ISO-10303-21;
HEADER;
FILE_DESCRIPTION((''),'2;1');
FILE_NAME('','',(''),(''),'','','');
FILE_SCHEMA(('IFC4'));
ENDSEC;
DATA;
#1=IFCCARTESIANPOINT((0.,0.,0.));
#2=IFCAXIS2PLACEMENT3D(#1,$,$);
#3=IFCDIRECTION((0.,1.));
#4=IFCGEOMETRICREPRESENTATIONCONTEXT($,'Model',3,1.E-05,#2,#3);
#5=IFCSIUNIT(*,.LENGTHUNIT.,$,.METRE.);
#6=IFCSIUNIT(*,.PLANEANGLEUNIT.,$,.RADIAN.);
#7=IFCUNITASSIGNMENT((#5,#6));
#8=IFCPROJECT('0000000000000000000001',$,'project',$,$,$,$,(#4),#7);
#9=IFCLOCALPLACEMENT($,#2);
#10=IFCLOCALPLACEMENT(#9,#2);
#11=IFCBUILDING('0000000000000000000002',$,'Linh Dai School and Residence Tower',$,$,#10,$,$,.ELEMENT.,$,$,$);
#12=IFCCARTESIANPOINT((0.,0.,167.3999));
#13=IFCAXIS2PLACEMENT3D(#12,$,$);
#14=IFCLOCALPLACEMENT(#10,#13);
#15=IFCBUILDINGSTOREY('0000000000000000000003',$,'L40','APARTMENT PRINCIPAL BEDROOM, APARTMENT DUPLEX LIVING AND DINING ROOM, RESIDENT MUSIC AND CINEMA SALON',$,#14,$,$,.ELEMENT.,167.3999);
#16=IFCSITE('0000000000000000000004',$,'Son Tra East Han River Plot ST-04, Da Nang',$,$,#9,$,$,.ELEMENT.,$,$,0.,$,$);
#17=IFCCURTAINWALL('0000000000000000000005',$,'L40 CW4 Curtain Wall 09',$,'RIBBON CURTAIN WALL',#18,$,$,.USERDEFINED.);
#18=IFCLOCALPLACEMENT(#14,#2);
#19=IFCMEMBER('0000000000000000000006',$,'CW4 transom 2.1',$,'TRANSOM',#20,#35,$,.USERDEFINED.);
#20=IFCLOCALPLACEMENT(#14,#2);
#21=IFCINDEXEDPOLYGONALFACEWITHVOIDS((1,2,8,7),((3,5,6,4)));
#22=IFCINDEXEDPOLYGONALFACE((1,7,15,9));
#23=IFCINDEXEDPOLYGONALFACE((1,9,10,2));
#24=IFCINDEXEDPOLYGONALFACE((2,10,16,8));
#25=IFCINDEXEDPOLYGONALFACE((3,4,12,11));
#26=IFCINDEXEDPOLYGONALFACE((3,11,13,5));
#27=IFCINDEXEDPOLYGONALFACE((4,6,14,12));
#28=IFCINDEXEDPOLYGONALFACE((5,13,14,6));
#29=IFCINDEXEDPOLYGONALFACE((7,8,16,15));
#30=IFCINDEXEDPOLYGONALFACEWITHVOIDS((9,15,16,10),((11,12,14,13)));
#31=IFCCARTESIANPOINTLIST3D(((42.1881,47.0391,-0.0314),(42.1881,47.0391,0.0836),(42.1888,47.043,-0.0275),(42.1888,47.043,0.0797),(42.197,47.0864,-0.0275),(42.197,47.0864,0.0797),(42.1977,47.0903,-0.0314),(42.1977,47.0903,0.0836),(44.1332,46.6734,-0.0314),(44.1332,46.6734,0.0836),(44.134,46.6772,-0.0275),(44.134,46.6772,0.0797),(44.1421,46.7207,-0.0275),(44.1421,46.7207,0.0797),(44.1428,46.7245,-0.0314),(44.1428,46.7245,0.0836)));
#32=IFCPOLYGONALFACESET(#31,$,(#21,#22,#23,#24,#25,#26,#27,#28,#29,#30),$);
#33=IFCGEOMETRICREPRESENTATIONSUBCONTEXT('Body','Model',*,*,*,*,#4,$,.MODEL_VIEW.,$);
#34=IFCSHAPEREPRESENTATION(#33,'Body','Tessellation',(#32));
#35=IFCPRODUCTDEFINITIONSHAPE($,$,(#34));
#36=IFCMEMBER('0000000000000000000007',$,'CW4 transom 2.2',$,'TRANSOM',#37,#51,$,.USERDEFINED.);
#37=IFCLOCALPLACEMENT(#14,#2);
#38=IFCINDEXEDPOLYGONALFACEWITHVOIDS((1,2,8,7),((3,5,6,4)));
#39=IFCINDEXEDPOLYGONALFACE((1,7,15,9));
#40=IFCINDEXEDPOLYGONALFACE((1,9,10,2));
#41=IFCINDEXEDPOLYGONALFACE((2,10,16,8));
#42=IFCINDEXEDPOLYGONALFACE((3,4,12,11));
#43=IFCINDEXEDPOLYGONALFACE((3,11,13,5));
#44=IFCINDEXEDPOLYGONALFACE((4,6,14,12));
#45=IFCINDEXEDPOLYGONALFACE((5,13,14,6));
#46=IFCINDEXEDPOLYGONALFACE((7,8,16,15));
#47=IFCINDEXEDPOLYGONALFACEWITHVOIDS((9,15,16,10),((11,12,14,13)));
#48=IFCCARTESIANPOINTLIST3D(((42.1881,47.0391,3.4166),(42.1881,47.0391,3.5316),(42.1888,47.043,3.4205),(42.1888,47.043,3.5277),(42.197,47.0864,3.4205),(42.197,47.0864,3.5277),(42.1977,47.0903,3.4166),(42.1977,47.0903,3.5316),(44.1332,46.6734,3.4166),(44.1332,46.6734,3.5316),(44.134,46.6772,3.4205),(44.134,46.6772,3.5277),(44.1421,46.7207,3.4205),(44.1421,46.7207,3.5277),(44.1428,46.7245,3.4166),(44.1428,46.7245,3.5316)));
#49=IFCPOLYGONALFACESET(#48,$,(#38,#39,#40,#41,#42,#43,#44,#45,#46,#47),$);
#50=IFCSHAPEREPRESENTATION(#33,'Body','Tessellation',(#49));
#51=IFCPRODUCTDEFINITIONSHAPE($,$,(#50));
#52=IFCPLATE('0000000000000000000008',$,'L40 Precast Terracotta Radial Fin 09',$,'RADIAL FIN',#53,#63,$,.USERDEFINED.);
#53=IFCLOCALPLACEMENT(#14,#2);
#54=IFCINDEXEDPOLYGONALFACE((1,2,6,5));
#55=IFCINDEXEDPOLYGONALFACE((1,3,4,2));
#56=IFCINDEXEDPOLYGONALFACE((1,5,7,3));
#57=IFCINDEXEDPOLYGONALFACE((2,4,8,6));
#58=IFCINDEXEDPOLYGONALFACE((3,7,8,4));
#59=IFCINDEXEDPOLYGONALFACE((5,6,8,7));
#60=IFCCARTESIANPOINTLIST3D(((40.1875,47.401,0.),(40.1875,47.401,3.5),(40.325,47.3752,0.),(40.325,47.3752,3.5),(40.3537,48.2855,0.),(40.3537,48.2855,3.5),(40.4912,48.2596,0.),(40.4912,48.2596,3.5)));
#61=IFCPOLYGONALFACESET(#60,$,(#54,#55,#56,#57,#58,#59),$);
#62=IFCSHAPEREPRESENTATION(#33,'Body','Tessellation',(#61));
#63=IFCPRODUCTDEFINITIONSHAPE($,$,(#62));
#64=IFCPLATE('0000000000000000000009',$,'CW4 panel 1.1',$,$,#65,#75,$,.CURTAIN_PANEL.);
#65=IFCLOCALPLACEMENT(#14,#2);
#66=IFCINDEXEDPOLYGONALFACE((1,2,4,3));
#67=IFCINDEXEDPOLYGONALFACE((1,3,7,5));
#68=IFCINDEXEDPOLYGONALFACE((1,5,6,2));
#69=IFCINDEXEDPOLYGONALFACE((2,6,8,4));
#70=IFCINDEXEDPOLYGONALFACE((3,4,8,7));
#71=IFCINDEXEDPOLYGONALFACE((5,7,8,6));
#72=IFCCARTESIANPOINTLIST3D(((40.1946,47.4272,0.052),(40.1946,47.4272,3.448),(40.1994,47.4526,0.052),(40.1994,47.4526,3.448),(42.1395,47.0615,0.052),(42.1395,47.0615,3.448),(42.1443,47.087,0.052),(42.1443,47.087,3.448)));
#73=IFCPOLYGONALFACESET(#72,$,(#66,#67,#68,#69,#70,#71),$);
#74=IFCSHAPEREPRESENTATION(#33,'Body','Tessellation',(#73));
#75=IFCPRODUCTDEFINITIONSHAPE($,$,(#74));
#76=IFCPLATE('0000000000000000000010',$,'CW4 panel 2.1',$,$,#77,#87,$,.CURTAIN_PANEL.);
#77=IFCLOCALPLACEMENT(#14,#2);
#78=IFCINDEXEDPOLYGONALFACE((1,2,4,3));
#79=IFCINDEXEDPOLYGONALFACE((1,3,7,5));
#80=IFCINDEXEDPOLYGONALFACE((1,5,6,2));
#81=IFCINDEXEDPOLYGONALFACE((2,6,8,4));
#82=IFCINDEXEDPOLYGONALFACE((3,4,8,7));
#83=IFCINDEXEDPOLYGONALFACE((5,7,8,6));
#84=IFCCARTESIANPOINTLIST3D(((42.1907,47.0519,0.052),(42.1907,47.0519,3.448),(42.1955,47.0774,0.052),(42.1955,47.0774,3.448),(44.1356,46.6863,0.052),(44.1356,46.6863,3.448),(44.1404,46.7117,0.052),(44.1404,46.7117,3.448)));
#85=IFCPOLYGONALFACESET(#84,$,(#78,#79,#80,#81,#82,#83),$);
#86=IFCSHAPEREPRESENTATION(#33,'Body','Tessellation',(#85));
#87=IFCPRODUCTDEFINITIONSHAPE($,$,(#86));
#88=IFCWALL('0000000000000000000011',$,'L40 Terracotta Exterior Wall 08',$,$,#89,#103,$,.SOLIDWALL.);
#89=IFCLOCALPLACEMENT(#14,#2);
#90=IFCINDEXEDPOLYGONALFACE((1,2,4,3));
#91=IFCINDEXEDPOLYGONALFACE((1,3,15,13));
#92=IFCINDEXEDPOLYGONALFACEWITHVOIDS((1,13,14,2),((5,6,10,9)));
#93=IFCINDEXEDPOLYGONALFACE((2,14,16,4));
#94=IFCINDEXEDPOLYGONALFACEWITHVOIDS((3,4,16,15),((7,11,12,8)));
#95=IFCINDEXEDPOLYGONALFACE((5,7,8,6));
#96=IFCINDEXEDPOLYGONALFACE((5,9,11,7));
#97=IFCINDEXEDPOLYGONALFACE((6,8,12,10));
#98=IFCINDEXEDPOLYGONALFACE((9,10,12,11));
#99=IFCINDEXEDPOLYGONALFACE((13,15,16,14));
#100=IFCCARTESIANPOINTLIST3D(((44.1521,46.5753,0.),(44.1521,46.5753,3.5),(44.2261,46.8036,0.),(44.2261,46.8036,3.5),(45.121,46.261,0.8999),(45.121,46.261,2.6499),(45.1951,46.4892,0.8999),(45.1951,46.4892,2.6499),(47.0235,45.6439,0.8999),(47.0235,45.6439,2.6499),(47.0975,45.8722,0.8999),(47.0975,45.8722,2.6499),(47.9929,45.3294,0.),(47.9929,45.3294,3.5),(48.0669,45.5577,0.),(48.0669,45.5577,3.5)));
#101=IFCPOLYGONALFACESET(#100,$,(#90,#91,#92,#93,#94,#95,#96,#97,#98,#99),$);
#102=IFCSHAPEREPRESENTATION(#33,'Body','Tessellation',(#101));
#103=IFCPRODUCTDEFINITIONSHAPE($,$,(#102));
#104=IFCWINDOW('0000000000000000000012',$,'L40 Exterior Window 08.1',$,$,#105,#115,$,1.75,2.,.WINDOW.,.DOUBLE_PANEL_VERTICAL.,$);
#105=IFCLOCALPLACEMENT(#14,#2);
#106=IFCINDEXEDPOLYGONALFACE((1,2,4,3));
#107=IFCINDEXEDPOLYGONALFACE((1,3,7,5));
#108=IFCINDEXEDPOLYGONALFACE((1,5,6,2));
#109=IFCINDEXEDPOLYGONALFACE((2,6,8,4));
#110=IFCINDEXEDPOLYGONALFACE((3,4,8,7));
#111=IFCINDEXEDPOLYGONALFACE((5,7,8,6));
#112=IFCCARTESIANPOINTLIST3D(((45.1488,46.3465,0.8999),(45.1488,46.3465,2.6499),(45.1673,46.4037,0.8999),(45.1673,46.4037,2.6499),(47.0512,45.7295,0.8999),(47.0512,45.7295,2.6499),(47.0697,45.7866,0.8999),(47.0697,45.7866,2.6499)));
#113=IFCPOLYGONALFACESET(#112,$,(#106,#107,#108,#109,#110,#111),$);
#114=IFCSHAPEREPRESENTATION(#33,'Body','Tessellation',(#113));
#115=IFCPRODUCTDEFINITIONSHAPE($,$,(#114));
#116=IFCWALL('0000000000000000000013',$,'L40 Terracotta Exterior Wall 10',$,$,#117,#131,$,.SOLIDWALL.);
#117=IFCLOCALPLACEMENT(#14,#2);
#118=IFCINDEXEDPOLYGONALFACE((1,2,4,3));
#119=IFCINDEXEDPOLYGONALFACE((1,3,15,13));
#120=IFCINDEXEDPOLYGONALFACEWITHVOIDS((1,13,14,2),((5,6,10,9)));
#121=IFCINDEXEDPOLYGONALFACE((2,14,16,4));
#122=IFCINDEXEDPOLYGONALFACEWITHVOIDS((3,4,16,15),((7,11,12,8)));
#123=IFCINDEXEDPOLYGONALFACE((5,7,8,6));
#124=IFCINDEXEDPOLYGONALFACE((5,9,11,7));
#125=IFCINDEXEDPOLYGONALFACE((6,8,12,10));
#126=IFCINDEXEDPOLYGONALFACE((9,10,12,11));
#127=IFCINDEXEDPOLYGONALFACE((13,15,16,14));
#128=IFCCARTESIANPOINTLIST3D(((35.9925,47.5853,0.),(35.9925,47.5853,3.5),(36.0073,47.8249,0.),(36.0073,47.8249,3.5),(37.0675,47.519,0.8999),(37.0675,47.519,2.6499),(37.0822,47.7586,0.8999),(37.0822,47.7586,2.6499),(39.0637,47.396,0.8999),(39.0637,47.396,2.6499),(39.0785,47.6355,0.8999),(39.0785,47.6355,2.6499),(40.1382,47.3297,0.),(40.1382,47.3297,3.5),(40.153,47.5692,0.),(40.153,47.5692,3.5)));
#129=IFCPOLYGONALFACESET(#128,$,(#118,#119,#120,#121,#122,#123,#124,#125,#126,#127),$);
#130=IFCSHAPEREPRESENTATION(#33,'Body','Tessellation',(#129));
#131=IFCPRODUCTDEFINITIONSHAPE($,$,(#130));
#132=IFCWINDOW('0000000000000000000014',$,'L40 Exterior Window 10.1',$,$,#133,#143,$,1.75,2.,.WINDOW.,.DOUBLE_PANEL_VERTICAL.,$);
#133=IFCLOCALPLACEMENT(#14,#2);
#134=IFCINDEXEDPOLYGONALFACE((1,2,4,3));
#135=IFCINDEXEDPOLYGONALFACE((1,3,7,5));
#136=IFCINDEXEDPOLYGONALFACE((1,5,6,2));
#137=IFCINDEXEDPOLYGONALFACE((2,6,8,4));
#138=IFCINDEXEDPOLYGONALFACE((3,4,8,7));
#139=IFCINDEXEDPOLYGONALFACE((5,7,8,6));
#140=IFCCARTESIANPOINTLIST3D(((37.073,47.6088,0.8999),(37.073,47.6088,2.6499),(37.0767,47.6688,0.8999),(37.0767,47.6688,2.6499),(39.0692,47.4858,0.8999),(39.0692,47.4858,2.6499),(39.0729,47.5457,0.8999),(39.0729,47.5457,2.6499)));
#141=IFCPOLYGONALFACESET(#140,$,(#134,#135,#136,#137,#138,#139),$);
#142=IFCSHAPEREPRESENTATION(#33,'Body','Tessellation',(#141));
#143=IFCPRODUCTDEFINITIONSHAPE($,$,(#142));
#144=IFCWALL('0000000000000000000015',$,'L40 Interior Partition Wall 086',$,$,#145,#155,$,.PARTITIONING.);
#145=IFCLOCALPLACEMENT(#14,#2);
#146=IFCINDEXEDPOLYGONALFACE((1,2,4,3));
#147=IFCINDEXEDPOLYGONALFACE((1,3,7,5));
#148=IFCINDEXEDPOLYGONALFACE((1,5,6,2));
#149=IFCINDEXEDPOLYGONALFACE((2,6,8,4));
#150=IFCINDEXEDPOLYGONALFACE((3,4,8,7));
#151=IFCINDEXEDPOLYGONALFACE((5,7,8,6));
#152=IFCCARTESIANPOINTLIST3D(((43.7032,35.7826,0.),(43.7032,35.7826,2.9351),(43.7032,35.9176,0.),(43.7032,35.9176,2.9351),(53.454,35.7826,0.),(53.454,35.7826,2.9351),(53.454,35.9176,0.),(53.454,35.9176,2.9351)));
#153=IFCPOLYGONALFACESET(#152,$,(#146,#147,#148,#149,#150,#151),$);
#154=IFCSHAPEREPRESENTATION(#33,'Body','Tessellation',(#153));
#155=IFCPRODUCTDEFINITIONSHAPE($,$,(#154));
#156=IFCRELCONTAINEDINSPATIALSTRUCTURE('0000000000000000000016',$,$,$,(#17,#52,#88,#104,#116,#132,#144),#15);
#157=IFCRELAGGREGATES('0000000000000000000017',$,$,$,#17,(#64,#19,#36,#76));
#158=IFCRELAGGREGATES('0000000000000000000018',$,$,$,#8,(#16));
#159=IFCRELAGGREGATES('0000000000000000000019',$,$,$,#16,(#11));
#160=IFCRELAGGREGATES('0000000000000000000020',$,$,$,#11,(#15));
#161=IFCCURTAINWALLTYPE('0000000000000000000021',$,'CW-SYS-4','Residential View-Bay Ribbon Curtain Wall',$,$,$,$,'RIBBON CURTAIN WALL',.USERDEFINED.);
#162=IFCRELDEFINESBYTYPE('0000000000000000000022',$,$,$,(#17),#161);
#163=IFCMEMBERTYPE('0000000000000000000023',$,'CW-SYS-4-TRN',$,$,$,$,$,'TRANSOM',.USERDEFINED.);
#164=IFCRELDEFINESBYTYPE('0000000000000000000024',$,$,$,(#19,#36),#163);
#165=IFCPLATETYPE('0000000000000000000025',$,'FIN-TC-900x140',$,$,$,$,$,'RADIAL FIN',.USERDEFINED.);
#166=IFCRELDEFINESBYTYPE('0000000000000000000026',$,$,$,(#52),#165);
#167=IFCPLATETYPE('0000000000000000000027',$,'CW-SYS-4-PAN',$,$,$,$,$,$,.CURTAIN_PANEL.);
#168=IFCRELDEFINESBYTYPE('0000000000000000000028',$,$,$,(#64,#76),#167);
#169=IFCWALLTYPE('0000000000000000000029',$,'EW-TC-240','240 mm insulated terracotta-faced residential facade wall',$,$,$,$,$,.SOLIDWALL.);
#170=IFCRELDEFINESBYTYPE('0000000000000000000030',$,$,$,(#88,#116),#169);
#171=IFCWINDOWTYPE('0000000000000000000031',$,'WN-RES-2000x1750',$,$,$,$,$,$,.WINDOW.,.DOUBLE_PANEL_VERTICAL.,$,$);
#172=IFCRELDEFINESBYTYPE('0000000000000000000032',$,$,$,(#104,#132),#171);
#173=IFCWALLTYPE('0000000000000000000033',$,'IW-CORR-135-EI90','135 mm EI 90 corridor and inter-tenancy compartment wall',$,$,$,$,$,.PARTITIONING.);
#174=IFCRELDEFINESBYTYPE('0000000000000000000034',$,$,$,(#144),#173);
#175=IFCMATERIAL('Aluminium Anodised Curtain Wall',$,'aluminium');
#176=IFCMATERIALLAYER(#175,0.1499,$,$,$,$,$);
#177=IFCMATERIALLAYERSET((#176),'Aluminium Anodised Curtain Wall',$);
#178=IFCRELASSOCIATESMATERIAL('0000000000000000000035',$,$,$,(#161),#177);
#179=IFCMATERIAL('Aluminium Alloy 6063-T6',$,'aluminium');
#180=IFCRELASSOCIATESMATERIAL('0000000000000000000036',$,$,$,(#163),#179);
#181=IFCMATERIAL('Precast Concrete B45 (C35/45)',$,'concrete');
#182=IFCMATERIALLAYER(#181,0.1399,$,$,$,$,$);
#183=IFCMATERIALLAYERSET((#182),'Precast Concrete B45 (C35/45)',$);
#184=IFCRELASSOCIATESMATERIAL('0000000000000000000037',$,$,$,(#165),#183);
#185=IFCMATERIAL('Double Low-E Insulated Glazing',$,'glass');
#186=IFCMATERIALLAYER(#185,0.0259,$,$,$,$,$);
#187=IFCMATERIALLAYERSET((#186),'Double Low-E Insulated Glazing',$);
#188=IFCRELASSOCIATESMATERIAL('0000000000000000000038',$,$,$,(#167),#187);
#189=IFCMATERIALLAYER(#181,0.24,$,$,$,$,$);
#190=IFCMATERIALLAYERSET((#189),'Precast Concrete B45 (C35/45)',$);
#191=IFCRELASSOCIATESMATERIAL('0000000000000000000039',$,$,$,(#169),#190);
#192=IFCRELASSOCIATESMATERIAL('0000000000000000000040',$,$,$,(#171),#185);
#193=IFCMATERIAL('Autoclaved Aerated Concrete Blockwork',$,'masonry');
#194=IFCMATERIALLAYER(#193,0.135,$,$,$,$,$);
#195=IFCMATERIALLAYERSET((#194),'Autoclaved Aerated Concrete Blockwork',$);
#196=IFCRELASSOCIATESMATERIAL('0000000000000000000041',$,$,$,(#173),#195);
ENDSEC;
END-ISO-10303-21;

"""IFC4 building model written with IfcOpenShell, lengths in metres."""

from ifc_helpers import new_model, si_unit, direction, frame, frame_2d, origin, origin_2d, place, context, subcontext, project, spatial, rectangle, hollow_rectangle, extrude, source, transform, mapped, material, layer, layer_set, material_profile, profile_set, type_object, element, fill, aggregate, save


model = new_model("IFC4")

# Units and contexts
model_context = context("Model", 3, precision=1e-05, world=origin(), true_north=direction((0.0, 1.0)))
body_context = subcontext(model_context, "Body", "Model", "MODEL_VIEW")
ifc_project = project(units=[si_unit("LENGTHUNIT", "METRE"), si_unit("PLANEANGLEUNIT", "RADIAN")], contexts=[model_context])

# Site, building, storey
site_placement = place(None, origin())
site = spatial("IfcSite", under=ifc_project, at=site_placement, Name="Son Tra East Han River Plot ST-04, Da Nang", CompositionType="ELEMENT", RefElevation=0.0)
building_placement = place(site_placement, origin())
building = spatial("IfcBuilding", under=site, at=building_placement, Name="Linh Dai School and Residence Tower", CompositionType="ELEMENT")
storey_placement = place(building_placement, frame((0.0, 0.0, 167.3999)))
storey = spatial("IfcBuildingStorey", under=building, at=storey_placement, Name="L40", Description="APARTMENT PRINCIPAL BEDROOM, APARTMENT DUPLEX LIVING AND DINING ROOM, RESIDENT MUSIC AND CINEMA SALON", CompositionType="ELEMENT", Elevation=167.3999)

# Curtain wall, members
ifc_material_1 = material(Name="Aluminium Anodised Curtain Wall", Category="aluminium")
ifc_layer_1 = layer(ifc_material_1, 0.1499)
ifc_layer_set_1 = layer_set([ifc_layer_1], Name="Aluminium Anodised Curtain Wall")
curtain_wall_type = type_object("IfcCurtainWallType", Name="CW-SYS-4", Description="Residential View-Bay Ribbon Curtain Wall", ElementType="RIBBON CURTAIN WALL", PredefinedType="USERDEFINED", material=ifc_layer_set_1)
curtain_wall_placement = place(storey_placement, origin())
curtain_wall = element("IfcCurtainWall", 1, at=curtain_wall_placement, inside=storey, type_object=curtain_wall_type, Name="L40 CW4 Curtain Wall 09", ObjectType="RIBBON CURTAIN WALL", PredefinedType="USERDEFINED")
ifc_material_2 = material(Name="Aluminium Alloy 6063-T6", Category="aluminium")
ifc_material_profile_1 = material_profile(ifc_material_2, hollow_rectangle(XDim=0.052, YDim=0.115, WallThickness=0.0039, at=origin_2d()), Name="RHS 115x52x4")
ifc_profile_set_1 = profile_set([ifc_material_profile_1], Name="Aluminium Alloy 6063-T6")
member_type_1 = type_object("IfcMemberType", Name="CW-SYS-4-TRN", ElementType="TRANSOM", PredefinedType="USERDEFINED", material=ifc_profile_set_1)
shared_shape_1 = source(origin(), body_context, "Body", "SweptSolid", [
    extrude(hollow_rectangle(XDim=0.052, YDim=0.115, WallThickness=0.0039, at=origin_2d()), origin(), (0.0, 0.0, 1.0), 1.9792),
])
member_1_placement = place(storey_placement, frame((42.1929, 47.0647, 0.0261), z_axis=(0.982778, -0.184788, 0.0), x_axis=(0.184788, 0.982778, 0.0)))
member_1 = element("IfcMember", 2, at=member_1_placement, type_object=member_type_1, Name="CW4 transom 2.1", ObjectType="TRANSOM", PredefinedType="USERDEFINED", context=body_context, shape_type="MappedRepresentation", body=[
    mapped(shared_shape_1, transform((0.0, 0.0, 0.0), x_axis=(1.0, 0.0, 0.0), y_axis=(0.0, 1.0, 0.0), z_axis=(0.0, 0.0, 1.0), scale=1.0)),
])
member_2_placement = place(storey_placement, frame((42.1929, 47.0647, 3.4741), z_axis=(0.982778, -0.184788, 0.0), x_axis=(0.184788, 0.982778, 0.0)))
member_2 = element("IfcMember", 3, at=member_2_placement, type_object=member_type_1, Name="CW4 transom 2.2", ObjectType="TRANSOM", PredefinedType="USERDEFINED", context=body_context, shape_type="MappedRepresentation", body=[
    mapped(shared_shape_1, transform((0.0, 0.0, 0.0), x_axis=(1.0, 0.0, 0.0), y_axis=(0.0, 1.0, 0.0), z_axis=(0.0, 0.0, 1.0), scale=1.0)),
])

# Plates
ifc_material_3 = material(Name="Precast Concrete B45 (C35/45)", Category="concrete")
ifc_layer_2 = layer(ifc_material_3, 0.1399)
ifc_layer_set_2 = layer_set([ifc_layer_2], Name="Precast Concrete B45 (C35/45)")
plate_type_1 = type_object("IfcPlateType", Name="FIN-TC-900x140", ElementType="RADIAL FIN", PredefinedType="USERDEFINED", material=ifc_layer_set_2)
shared_shape_2 = source(origin(), body_context, "Body", "SweptSolid", [
    extrude(rectangle(XDim=0.8999, YDim=0.1399, at=origin_2d()), origin(), (0.0, 0.0, 1.0), 3.5),
])
plate_1_placement = place(storey_placement, frame((40.3394, 47.8303, 0.0), z_axis=(0.0, 0.0, 1.0), x_axis=(0.184763, 0.982783, 0.0)))
element("IfcPlate", 4, at=plate_1_placement, inside=storey, type_object=plate_type_1, Name="L40 Precast Terracotta Radial Fin 09", ObjectType="RADIAL FIN", PredefinedType="USERDEFINED", context=body_context, shape_type="MappedRepresentation", body=[
    mapped(shared_shape_2, transform((0.0, 0.0, 0.0), x_axis=(1.0, 0.0, 0.0), y_axis=(0.0, 1.0, 0.0), z_axis=(0.0, 0.0, 1.0), scale=1.0)),
])
ifc_material_4 = material(Name="Double Low-E Insulated Glazing", Category="glass")
ifc_layer_3 = layer(ifc_material_4, 0.0259)
ifc_layer_set_3 = layer_set([ifc_layer_3], Name="Double Low-E Insulated Glazing")
plate_type_2 = type_object("IfcPlateType", Name="CW-SYS-4-PAN", PredefinedType="CURTAIN_PANEL", material=ifc_layer_set_3)
shared_shape_3 = source(origin(), body_context, "Body", "SweptSolid", [
    extrude(rectangle(XDim=1.979, YDim=0.0259, at=origin_2d()), origin(), (0.0, 0.0, 1.0), 3.396),
])
plate_2_placement = place(storey_placement, frame((41.1694, 47.2571, 0.052), z_axis=(0.0, 0.0, 1.0), x_axis=(0.982783, -0.184763, 0.0)))
plate_2 = element("IfcPlate", 5, at=plate_2_placement, type_object=plate_type_2, Name="CW4 panel 1.1", PredefinedType="CURTAIN_PANEL", context=body_context, shape_type="MappedRepresentation", body=[
    mapped(shared_shape_3, transform((0.0, 0.0, 0.0), x_axis=(1.0, 0.0, 0.0), y_axis=(0.0, 1.0, 0.0), z_axis=(0.0, 0.0, 1.0), scale=1.0)),
])
plate_3_placement = place(storey_placement, frame((43.1655, 46.8818, 0.052), z_axis=(0.0, 0.0, 1.0), x_axis=(0.982783, -0.184763, 0.0)))
plate_3 = element("IfcPlate", 6, at=plate_3_placement, type_object=plate_type_2, Name="CW4 panel 2.1", PredefinedType="CURTAIN_PANEL", context=body_context, shape_type="MappedRepresentation", body=[
    mapped(shared_shape_3, transform((0.0, 0.0, 0.0), x_axis=(1.0, 0.0, 0.0), y_axis=(0.0, 1.0, 0.0), z_axis=(0.0, 0.0, 1.0), scale=1.0)),
])
aggregate(curtain_wall, [plate_2, member_1, member_2, plate_3])

# Walls, openings, windows
ifc_layer_4 = layer(ifc_material_3, 0.24)
ifc_layer_set_4 = layer_set([ifc_layer_4], Name="Precast Concrete B45 (C35/45)")
wall_type_1 = type_object("IfcWallType", Name="EW-TC-240", Description="240 mm insulated terracotta-faced residential facade wall", PredefinedType="SOLIDWALL", material=ifc_layer_set_4)
wall_1_placement = place(storey_placement, frame((44.189, 46.6895, 0.0), z_axis=(0.0, 0.0, 1.0), x_axis=(0.95121, -0.308545, 0.0)))
wall_1 = element("IfcWall", 7, at=wall_1_placement, inside=storey, type_object=wall_type_1, Name="L40 Terracotta Exterior Wall 08", PredefinedType="SOLIDWALL", context=body_context, shape_type="SweptSolid", body=[
    extrude(rectangle(XDim=4.0378, YDim=0.24, at=frame_2d((2.019, 0.0))), origin(), (0.0, 0.0, 1.0), 3.5),
])
opening_1_placement = place(wall_1_placement, frame((1.0188, 0.0, 0.8999)))
opening_1 = element("IfcOpeningElement", 8, at=opening_1_placement, cuts=wall_1, PredefinedType="OPENING", context=body_context, shape_type="SweptSolid", body=[
    extrude(rectangle(XDim=2.0, YDim=1.75, at=origin_2d()), frame((1.0, 0.1299, 0.875), z_axis=(0.0, -1.0, 0.0), x_axis=(1.0, 0.0, 0.0)), (0.0, 0.0, 1.0), 0.26),
])
window_type = type_object("IfcWindowType", Name="WN-RES-2000x1750", PartitioningType="DOUBLE_PANEL_VERTICAL", PredefinedType="WINDOW", material=ifc_material_4)
shared_shape_4 = source(origin(), body_context, "Body", "SweptSolid", [
    extrude(rectangle(XDim=2.0, YDim=1.75, at=origin_2d()), frame((1.0, 0.03, 0.875), z_axis=(0.0, -1.0, 0.0), x_axis=(1.0, 0.0, 0.0)), (0.0, 0.0, 1.0), 0.0601),
])
window_1_placement = place(opening_1_placement, origin())
window_1 = element("IfcWindow", 9, at=window_1_placement, inside=storey, type_object=window_type, Name="L40 Exterior Window 08.1", OverallHeight=1.75, OverallWidth=2.0, PartitioningType="DOUBLE_PANEL_VERTICAL", PredefinedType="WINDOW", context=body_context, shape_type="MappedRepresentation", body=[
    mapped(shared_shape_4, transform((0.0, 0.0, 0.0), x_axis=(1.0, 0.0, 0.0), y_axis=(0.0, 1.0, 0.0), z_axis=(0.0, 0.0, 1.0), scale=1.0)),
])
fill(opening_1, window_1)
wall_2_placement = place(storey_placement, frame((36.0, 47.7051, 0.0), z_axis=(0.0, 0.0, 1.0), x_axis=(0.998105, -0.06154, 0.0)))
wall_2 = element("IfcWall", 10, at=wall_2_placement, inside=storey, type_object=wall_type_1, Name="L40 Terracotta Exterior Wall 10", PredefinedType="SOLIDWALL", context=body_context, shape_type="SweptSolid", body=[
    extrude(rectangle(XDim=4.1536, YDim=0.24, at=frame_2d((2.0767, 0.0))), origin(), (0.0, 0.0, 1.0), 3.5),
])
opening_2_placement = place(wall_2_placement, frame((1.0769, 0.0, 0.8999)))
opening_2 = element("IfcOpeningElement", 11, at=opening_2_placement, cuts=wall_2, PredefinedType="OPENING", context=body_context, shape_type="SweptSolid", body=[
    extrude(rectangle(XDim=2.0, YDim=1.75, at=origin_2d()), frame((1.0, 0.1299, 0.875), z_axis=(0.0, -1.0, 0.0), x_axis=(1.0, 0.0, 0.0)), (0.0, 0.0, 1.0), 0.26),
])
window_2_placement = place(opening_2_placement, origin())
window_2 = element("IfcWindow", 12, at=window_2_placement, inside=storey, type_object=window_type, Name="L40 Exterior Window 10.1", OverallHeight=1.75, OverallWidth=2.0, PartitioningType="DOUBLE_PANEL_VERTICAL", PredefinedType="WINDOW", context=body_context, shape_type="MappedRepresentation", body=[
    mapped(shared_shape_4, transform((0.0, 0.0, 0.0), x_axis=(1.0, 0.0, 0.0), y_axis=(0.0, 1.0, 0.0), z_axis=(0.0, 0.0, 1.0), scale=1.0)),
])
fill(opening_2, window_2)

# Wall
ifc_material_5 = material(Name="Autoclaved Aerated Concrete Blockwork", Category="masonry")
ifc_layer_5 = layer(ifc_material_5, 0.135)
ifc_layer_set_5 = layer_set([ifc_layer_5], Name="Autoclaved Aerated Concrete Blockwork")
wall_type_2 = type_object("IfcWallType", Name="IW-CORR-135-EI90", Description="135 mm EI 90 corridor and inter-tenancy compartment wall", PredefinedType="PARTITIONING", material=ifc_layer_set_5)
wall_3_placement = place(storey_placement, frame((43.7031, 35.8501, 0.0), z_axis=(0.0, 0.0, 1.0), x_axis=(1.0, 0.0, 0.0)))
element("IfcWall", 13, at=wall_3_placement, inside=storey, type_object=wall_type_2, Name="L40 Interior Partition Wall 086", PredefinedType="PARTITIONING", context=body_context, shape_type="SweptSolid", body=[
    extrude(rectangle(XDim=9.7507, YDim=0.135, at=frame_2d((4.8755, 0.0))), origin(), (0.0, 0.0, 1.0), 2.9351),
])

save(model, "model.ifc")
